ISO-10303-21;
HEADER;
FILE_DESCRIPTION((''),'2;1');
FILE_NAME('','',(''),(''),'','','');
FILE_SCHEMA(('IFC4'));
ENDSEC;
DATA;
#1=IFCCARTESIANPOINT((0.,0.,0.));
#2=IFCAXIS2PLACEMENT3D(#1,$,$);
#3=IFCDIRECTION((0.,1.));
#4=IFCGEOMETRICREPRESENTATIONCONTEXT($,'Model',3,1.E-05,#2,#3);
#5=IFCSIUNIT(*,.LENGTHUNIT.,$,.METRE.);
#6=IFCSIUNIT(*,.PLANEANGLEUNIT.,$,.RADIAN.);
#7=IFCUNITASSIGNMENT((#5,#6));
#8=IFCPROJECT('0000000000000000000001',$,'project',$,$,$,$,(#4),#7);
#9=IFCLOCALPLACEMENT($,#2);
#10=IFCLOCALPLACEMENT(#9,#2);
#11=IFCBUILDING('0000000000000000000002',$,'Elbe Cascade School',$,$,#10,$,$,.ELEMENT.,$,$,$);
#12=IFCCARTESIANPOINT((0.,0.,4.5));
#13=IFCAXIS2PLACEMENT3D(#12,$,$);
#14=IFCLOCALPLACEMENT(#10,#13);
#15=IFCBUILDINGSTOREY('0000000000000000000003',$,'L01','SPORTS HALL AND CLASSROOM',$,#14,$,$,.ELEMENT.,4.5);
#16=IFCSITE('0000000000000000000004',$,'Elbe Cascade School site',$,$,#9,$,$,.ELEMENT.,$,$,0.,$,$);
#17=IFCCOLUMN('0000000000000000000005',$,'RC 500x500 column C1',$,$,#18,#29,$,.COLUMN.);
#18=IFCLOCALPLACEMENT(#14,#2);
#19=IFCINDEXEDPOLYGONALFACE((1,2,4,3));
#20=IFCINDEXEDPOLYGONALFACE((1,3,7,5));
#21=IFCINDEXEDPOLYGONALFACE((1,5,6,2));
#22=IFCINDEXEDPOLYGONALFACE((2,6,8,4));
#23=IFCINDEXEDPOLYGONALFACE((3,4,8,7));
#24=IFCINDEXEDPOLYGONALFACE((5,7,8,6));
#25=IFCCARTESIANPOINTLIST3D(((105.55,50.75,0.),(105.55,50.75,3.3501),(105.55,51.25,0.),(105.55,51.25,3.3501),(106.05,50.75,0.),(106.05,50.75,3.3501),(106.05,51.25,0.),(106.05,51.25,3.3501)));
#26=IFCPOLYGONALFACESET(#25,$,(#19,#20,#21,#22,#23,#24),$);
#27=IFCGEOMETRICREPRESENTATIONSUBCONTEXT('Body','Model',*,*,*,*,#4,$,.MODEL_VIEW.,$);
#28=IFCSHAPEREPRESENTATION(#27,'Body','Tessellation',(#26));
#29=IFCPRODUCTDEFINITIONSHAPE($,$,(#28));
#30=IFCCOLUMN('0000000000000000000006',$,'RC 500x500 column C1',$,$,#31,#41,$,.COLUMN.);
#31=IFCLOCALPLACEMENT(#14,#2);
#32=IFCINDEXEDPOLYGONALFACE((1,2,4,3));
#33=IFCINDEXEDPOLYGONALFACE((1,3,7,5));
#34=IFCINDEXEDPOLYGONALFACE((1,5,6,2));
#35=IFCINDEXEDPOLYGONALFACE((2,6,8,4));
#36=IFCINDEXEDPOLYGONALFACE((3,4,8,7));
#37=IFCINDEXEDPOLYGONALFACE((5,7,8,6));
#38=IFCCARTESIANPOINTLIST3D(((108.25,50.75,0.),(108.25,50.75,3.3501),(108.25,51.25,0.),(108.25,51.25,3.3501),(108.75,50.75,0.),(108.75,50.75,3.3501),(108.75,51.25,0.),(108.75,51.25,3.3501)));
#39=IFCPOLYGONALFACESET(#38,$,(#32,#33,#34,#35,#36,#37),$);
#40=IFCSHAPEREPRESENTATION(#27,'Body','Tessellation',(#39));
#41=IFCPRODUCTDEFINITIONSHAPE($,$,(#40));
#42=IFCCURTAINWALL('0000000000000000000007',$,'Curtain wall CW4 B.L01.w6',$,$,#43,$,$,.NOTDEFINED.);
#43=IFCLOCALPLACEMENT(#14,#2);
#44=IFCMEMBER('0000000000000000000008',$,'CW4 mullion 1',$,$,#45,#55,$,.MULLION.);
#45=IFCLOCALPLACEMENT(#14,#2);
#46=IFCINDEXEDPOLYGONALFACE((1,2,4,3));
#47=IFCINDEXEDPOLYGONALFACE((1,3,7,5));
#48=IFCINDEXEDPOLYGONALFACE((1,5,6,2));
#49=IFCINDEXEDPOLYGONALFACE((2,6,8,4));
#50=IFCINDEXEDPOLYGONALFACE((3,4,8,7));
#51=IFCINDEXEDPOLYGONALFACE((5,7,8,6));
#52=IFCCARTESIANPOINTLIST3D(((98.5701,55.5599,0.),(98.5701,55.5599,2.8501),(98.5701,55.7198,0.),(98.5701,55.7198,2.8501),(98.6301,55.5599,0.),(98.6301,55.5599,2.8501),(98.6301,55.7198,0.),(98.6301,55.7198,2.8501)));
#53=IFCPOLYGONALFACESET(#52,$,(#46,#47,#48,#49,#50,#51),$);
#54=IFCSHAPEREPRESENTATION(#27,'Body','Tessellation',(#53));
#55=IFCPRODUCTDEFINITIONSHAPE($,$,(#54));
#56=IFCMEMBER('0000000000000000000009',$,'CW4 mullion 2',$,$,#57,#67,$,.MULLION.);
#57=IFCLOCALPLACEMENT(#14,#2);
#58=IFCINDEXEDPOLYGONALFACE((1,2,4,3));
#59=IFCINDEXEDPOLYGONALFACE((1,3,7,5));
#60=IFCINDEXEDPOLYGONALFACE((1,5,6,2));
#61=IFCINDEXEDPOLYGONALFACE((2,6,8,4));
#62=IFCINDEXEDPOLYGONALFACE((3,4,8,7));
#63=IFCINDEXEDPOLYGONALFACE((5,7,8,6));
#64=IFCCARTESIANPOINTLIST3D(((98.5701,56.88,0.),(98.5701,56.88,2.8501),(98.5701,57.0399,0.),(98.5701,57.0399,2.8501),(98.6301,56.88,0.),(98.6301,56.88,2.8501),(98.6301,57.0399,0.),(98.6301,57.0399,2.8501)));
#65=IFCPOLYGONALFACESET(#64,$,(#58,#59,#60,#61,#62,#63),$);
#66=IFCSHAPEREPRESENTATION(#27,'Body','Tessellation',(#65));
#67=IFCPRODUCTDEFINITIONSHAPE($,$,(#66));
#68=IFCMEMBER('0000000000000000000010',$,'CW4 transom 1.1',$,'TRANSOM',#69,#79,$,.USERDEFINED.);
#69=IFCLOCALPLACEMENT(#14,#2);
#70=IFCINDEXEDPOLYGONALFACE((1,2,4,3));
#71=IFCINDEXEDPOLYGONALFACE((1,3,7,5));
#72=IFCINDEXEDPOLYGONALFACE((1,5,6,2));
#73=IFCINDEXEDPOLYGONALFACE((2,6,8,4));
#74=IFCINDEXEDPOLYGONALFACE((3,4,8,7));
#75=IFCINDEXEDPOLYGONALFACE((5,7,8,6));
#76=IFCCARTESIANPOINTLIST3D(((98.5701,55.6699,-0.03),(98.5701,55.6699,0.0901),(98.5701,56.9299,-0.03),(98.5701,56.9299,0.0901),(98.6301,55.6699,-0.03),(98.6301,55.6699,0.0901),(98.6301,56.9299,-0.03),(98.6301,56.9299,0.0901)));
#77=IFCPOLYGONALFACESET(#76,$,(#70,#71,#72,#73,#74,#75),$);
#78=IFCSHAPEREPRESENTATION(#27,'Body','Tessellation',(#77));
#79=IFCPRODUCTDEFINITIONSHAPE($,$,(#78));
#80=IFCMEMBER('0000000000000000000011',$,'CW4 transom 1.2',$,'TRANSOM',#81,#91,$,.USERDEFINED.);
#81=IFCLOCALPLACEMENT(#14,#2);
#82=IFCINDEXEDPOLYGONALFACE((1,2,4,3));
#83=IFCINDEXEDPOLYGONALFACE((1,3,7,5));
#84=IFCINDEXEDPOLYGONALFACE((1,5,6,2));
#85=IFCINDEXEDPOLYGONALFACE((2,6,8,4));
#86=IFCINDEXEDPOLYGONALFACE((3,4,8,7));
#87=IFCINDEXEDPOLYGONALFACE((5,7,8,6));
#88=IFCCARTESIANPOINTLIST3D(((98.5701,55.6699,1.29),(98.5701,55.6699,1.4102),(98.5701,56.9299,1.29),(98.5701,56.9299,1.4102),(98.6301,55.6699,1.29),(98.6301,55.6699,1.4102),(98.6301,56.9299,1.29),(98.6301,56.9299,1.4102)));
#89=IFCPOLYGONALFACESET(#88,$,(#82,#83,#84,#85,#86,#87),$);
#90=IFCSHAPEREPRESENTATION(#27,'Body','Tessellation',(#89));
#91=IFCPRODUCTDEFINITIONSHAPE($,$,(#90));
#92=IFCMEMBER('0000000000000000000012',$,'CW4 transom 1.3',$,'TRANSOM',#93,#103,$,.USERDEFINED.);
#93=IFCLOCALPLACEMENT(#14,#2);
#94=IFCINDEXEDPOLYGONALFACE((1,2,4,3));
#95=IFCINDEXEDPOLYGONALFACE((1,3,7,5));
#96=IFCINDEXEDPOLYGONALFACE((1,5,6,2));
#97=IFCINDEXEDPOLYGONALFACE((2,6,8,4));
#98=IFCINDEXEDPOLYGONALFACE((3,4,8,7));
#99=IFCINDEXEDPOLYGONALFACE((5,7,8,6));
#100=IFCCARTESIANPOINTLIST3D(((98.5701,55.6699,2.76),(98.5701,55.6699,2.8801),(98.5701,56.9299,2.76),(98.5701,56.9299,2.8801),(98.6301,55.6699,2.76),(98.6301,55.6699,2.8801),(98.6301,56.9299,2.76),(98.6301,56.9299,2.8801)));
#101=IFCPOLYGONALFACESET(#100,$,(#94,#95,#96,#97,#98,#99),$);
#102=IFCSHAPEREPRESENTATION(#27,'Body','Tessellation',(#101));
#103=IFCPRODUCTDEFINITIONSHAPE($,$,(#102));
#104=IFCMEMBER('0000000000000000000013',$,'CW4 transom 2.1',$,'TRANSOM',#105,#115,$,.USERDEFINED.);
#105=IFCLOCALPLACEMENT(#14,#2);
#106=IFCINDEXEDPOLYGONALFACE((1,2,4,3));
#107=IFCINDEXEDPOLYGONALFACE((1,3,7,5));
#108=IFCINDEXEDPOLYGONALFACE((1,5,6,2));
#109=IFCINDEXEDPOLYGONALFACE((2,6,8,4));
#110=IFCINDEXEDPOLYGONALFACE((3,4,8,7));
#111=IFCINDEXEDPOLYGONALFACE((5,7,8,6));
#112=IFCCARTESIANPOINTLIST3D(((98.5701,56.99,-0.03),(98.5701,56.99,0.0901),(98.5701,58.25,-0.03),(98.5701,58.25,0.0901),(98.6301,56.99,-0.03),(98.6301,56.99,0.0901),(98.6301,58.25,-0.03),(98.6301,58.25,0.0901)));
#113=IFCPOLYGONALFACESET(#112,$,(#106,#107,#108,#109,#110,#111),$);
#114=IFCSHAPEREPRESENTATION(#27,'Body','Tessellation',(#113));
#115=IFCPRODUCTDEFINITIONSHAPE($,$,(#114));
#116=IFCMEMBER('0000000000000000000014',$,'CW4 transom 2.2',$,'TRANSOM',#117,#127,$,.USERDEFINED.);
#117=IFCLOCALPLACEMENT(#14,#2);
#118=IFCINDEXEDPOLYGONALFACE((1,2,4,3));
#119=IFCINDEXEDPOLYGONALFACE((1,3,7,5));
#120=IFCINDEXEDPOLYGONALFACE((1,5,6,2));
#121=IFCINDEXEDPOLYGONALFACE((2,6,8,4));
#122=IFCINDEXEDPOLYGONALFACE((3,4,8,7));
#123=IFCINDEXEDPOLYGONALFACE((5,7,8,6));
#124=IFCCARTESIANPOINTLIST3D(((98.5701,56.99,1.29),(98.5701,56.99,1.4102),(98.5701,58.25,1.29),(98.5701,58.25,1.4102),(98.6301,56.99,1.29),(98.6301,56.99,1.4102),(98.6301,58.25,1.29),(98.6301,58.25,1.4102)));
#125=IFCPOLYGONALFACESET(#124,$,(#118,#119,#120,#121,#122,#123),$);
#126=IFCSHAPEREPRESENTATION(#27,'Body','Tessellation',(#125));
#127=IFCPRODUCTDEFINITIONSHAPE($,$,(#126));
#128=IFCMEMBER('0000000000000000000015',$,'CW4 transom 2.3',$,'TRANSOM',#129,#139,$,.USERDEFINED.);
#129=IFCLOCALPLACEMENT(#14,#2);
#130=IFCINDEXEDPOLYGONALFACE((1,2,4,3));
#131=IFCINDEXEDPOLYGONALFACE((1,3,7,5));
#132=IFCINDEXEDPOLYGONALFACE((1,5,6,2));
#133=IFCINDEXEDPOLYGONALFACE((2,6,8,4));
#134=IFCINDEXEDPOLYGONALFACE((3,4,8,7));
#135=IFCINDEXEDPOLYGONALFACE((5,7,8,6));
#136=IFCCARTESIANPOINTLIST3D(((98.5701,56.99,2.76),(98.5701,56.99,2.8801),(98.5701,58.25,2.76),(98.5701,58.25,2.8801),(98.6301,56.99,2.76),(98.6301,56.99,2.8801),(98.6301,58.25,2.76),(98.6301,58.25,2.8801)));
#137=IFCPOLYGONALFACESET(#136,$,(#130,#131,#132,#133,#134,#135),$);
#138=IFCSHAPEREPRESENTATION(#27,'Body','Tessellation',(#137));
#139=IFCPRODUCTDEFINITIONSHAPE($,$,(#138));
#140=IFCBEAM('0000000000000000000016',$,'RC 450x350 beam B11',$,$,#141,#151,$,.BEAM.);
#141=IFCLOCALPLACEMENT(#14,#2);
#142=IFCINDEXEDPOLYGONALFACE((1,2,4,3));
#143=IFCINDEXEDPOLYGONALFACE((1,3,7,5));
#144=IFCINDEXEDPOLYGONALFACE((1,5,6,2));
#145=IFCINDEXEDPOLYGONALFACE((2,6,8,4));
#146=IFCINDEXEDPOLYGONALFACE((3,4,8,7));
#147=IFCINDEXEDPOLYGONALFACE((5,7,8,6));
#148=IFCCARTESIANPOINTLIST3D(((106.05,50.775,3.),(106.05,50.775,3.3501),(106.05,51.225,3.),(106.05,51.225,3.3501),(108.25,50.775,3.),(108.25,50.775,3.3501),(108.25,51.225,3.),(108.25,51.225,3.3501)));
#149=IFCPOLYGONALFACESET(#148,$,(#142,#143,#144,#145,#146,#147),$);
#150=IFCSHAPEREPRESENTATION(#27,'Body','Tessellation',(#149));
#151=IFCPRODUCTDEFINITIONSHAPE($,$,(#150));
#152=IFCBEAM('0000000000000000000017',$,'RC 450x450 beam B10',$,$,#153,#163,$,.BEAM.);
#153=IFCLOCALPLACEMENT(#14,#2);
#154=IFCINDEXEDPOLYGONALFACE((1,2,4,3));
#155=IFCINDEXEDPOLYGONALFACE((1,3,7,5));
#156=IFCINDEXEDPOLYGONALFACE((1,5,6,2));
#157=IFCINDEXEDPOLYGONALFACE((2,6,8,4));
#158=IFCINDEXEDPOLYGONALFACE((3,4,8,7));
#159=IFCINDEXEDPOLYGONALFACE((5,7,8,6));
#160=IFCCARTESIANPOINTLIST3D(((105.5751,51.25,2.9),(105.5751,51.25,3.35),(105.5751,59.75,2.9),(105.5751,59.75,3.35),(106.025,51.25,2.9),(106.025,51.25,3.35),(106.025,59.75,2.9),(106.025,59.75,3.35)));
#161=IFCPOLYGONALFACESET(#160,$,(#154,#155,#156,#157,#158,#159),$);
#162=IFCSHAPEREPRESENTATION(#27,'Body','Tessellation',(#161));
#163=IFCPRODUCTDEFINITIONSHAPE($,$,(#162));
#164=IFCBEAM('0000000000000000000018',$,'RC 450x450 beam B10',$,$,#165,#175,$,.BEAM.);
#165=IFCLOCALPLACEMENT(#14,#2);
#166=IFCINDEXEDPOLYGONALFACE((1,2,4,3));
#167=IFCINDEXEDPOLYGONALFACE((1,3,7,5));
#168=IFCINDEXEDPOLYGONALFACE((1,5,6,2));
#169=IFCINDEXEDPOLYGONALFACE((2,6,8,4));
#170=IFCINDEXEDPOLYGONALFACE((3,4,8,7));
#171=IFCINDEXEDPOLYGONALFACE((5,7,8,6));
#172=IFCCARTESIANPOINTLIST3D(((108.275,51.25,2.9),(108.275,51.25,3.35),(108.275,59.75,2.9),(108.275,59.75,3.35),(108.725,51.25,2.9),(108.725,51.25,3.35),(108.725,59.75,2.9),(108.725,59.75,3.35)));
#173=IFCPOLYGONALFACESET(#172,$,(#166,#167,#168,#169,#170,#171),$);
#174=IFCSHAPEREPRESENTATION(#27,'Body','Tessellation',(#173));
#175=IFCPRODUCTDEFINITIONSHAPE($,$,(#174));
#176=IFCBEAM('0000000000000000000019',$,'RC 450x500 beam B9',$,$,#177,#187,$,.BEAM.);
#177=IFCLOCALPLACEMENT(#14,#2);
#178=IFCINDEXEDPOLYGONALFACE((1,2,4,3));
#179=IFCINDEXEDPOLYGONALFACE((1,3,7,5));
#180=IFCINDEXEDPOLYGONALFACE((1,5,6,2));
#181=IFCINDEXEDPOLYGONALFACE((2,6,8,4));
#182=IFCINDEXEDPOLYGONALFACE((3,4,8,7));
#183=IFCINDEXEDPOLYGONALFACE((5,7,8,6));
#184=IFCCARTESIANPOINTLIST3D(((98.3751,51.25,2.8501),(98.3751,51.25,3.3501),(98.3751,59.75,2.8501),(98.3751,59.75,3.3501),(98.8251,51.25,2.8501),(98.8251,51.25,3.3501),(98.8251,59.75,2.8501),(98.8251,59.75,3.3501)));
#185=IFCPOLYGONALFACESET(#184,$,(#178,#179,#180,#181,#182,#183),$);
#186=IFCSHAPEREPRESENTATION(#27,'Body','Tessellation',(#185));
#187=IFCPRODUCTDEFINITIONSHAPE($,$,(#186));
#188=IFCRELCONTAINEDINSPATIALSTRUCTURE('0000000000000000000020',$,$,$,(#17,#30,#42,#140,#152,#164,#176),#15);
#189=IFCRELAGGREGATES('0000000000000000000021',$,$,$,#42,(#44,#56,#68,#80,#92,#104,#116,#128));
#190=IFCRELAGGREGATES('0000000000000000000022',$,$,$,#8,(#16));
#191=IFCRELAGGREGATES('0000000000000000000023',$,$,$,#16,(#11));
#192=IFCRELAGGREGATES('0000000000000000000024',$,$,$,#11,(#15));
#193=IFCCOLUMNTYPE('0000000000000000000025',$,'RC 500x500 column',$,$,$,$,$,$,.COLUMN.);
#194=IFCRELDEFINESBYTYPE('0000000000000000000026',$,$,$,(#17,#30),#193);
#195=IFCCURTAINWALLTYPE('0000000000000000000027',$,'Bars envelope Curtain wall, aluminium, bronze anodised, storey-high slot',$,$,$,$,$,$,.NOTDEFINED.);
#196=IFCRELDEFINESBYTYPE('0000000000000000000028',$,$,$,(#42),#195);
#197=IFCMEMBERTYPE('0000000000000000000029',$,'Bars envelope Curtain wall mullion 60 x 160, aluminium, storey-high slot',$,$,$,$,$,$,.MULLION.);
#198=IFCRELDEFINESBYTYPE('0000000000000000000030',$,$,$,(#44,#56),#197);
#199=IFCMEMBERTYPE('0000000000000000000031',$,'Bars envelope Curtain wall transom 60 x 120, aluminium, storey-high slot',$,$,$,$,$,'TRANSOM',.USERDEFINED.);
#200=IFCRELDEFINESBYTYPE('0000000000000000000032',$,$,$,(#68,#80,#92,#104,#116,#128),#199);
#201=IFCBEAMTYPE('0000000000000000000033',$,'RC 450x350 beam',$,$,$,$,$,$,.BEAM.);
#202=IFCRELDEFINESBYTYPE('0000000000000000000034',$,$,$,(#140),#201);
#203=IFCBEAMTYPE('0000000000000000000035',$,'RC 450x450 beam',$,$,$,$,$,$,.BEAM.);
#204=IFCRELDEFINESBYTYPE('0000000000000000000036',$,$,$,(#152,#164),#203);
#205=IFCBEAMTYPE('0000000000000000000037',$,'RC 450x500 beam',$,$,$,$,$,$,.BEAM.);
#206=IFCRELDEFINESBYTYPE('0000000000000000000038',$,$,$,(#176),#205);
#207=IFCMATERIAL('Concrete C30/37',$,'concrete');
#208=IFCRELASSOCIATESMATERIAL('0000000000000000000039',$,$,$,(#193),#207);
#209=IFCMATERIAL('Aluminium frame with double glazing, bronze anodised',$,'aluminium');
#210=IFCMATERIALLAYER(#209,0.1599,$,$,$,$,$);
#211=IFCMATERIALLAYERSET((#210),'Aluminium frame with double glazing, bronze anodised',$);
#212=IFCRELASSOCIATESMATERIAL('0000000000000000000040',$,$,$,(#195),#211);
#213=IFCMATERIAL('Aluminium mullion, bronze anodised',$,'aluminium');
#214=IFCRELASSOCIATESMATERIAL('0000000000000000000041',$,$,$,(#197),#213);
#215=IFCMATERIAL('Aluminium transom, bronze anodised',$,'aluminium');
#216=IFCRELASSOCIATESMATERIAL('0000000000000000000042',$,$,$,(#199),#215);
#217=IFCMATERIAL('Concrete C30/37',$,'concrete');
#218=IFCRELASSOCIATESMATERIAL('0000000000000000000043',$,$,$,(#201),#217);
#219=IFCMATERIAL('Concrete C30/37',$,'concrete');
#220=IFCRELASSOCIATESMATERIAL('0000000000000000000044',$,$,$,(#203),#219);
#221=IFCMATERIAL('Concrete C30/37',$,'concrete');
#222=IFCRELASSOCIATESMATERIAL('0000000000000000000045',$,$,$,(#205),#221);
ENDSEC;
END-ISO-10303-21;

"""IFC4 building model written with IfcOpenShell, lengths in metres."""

from ifc_helpers import new_model, si_unit, direction, frame, origin, origin_2d, place, context, subcontext, project, spatial, rectangle, extrude, material, layer, layer_set, material_profile, profile_set, type_object, element, aggregate, save


model = new_model("IFC4")

# Units and contexts
model_context = context("Model", 3, precision=1e-05, world=origin(), true_north=direction((0.0, 1.0)))
body_context = subcontext(model_context, "Body", "Model", "MODEL_VIEW")
ifc_project = project(units=[si_unit("LENGTHUNIT", "METRE"), si_unit("PLANEANGLEUNIT", "RADIAN")], contexts=[model_context])

# Site, building, storey
site_placement = place(None, origin())
site = spatial("IfcSite", under=ifc_project, at=site_placement, Name="Elbe Cascade School site", CompositionType="ELEMENT", RefElevation=0.0)
building_placement = place(site_placement, origin())
building = spatial("IfcBuilding", under=site, at=building_placement, Name="Elbe Cascade School", CompositionType="ELEMENT")
storey_placement = place(building_placement, frame((0.0, 0.0, 4.5)))
storey = spatial("IfcBuildingStorey", under=building, at=storey_placement, Name="L01", Description="SPORTS HALL AND CLASSROOM", CompositionType="ELEMENT", Elevation=4.5)

# Columns
ifc_material_1 = material(Name="Concrete C30/37", Category="concrete")
ifc_material_profile_1 = material_profile(ifc_material_1, rectangle(XDim=0.5, YDim=0.5, at=origin_2d()), Name="RC 500x500")
ifc_profile_set_1 = profile_set([ifc_material_profile_1], Name="Concrete C30/37")
column_type = type_object("IfcColumnType", Name="RC 500x500 column", PredefinedType="COLUMN", material=ifc_profile_set_1)
for number, where, z_axis, x_axis, name in (
    (1, (105.8, 51.0, 0.0), (0.0, 0.0, 1.0), (1.0, 0.0, 0.0), "RC 500x500 column C1"),
    (2, (108.5, 51.0, 0.0), (0.0, 0.0, 1.0), (1.0, 0.0, 0.0), "RC 500x500 column C1"),
):
    element("IfcColumn", number, at=place(storey_placement, frame(where, z_axis=z_axis, x_axis=x_axis)), inside=storey, type_object=column_type, Name=name, PredefinedType="COLUMN", context=body_context, shape_type="SweptSolid", body=[
        extrude(rectangle(XDim=0.5, YDim=0.5, at=origin_2d()), origin(), (0.0, 0.0, 1.0), 3.3501),
    ])

# Curtain wall, members
ifc_material_2 = material(Name="Aluminium frame with double glazing, bronze anodised", Category="aluminium")
ifc_layer_1 = layer(ifc_material_2, 0.1599)
ifc_layer_set_1 = layer_set([ifc_layer_1], Name="Aluminium frame with double glazing, bronze anodised")
curtain_wall_type = type_object("IfcCurtainWallType", Name="Bars envelope Curtain wall, aluminium, bronze anodised, storey-high slot", PredefinedType="NOTDEFINED", material=ifc_layer_set_1)
curtain_wall_placement = place(storey_placement, origin())
curtain_wall = element("IfcCurtainWall", 3, at=curtain_wall_placement, inside=storey, type_object=curtain_wall_type, Name="Curtain wall CW4 B.L01.w6", PredefinedType="NOTDEFINED")
ifc_material_3 = material(Name="Aluminium mullion, bronze anodised", Category="aluminium")
ifc_material_profile_2 = material_profile(ifc_material_3, rectangle(XDim=0.0601, YDim=0.1599, at=origin_2d()), Name="Bars envelope Curtain wall mullion 60 x 160, aluminium, storey-high slot")
ifc_profile_set_2 = profile_set([ifc_material_profile_2], Name="Aluminium mullion, bronze anodised")
member_type_1 = type_object("IfcMemberType", Name="Bars envelope Curtain wall mullion 60 x 160, aluminium, storey-high slot", PredefinedType="MULLION", material=ifc_profile_set_2)
member_1_placement = place(storey_placement, frame((98.6001, 55.6399, 0.0), z_axis=(0.0, 0.0, 1.0), x_axis=(-1.0, 0.0, 0.0)))
member_1 = element("IfcMember", 4, at=member_1_placement, type_object=member_type_1, Name="CW4 mullion 1", PredefinedType="MULLION", context=body_context, shape_type="SweptSolid", body=[
    extrude(rectangle(XDim=0.0601, YDim=0.1599, at=origin_2d()), origin(), (0.0, 0.0, 1.0), 2.8501),
])
member_2_placement = place(storey_placement, frame((98.6001, 56.96, 0.0), z_axis=(0.0, 0.0, 1.0), x_axis=(-1.0, 0.0, 0.0)))
member_2 = element("IfcMember", 5, at=member_2_placement, type_object=member_type_1, Name="CW4 mullion 2", PredefinedType="MULLION", context=body_context, shape_type="SweptSolid", body=[
    extrude(rectangle(XDim=0.0601, YDim=0.1599, at=origin_2d()), origin(), (0.0, 0.0, 1.0), 2.8501),
])
ifc_material_4 = material(Name="Aluminium transom, bronze anodised", Category="aluminium")
ifc_material_profile_3 = material_profile(ifc_material_4, rectangle(XDim=0.0601, YDim=0.1201, at=origin_2d()), Name="Bars envelope Curtain wall transom 60 x 120, aluminium, storey-high slot")
ifc_profile_set_3 = profile_set([ifc_material_profile_3], Name="Aluminium transom, bronze anodised")
member_type_2 = type_object("IfcMemberType", Name="Bars envelope Curtain wall transom 60 x 120, aluminium, storey-high slot", ElementType="TRANSOM", PredefinedType="USERDEFINED", material=ifc_profile_set_3)
member_3_placement = place(storey_placement, frame((98.6001, 55.6699, 0.03), z_axis=(0.0, 1.0, 0.0), x_axis=(-1.0, 0.0, 0.0)))
member_3 = element("IfcMember", 6, at=member_3_placement, type_object=member_type_2, Name="CW4 transom 1.1", ObjectType="TRANSOM", PredefinedType="USERDEFINED", context=body_context, shape_type="SweptSolid", body=[
    extrude(rectangle(XDim=0.0601, YDim=0.1201, at=origin_2d()), origin(), (0.0, 0.0, 1.0), 1.26),
])
member_4_placement = place(storey_placement, frame((98.6001, 55.6699, 1.3501), z_axis=(0.0, 1.0, 0.0), x_axis=(-1.0, 0.0, 0.0)))
member_4 = element("IfcMember", 7, at=member_4_placement, type_object=member_type_2, Name="CW4 transom 1.2", ObjectType="TRANSOM", PredefinedType="USERDEFINED", context=body_context, shape_type="SweptSolid", body=[
    extrude(rectangle(XDim=0.0601, YDim=0.1201, at=origin_2d()), origin(), (0.0, 0.0, 1.0), 1.26),
])
member_5_placement = place(storey_placement, frame((98.6001, 55.6699, 2.8201), z_axis=(0.0, 1.0, 0.0), x_axis=(-1.0, 0.0, 0.0)))
member_5 = element("IfcMember", 8, at=member_5_placement, type_object=member_type_2, Name="CW4 transom 1.3", ObjectType="TRANSOM", PredefinedType="USERDEFINED", context=body_context, shape_type="SweptSolid", body=[
    extrude(rectangle(XDim=0.0601, YDim=0.1201, at=origin_2d()), origin(), (0.0, 0.0, 1.0), 1.26),
])
member_6_placement = place(storey_placement, frame((98.6001, 56.99, 0.03), z_axis=(0.0, 1.0, 0.0), x_axis=(-1.0, 0.0, 0.0)))
member_6 = element("IfcMember", 9, at=member_6_placement, type_object=member_type_2, Name="CW4 transom 2.1", ObjectType="TRANSOM", PredefinedType="USERDEFINED", context=body_context, shape_type="SweptSolid", body=[
    extrude(rectangle(XDim=0.0601, YDim=0.1201, at=origin_2d()), origin(), (0.0, 0.0, 1.0), 1.26),
])
member_7_placement = place(storey_placement, frame((98.6001, 56.99, 1.3501), z_axis=(0.0, 1.0, 0.0), x_axis=(-1.0, 0.0, 0.0)))
member_7 = element("IfcMember", 10, at=member_7_placement, type_object=member_type_2, Name="CW4 transom 2.2", ObjectType="TRANSOM", PredefinedType="USERDEFINED", context=body_context, shape_type="SweptSolid", body=[
    extrude(rectangle(XDim=0.0601, YDim=0.1201, at=origin_2d()), origin(), (0.0, 0.0, 1.0), 1.26),
])
member_8_placement = place(storey_placement, frame((98.6001, 56.99, 2.8201), z_axis=(0.0, 1.0, 0.0), x_axis=(-1.0, 0.0, 0.0)))
member_8 = element("IfcMember", 11, at=member_8_placement, type_object=member_type_2, Name="CW4 transom 2.3", ObjectType="TRANSOM", PredefinedType="USERDEFINED", context=body_context, shape_type="SweptSolid", body=[
    extrude(rectangle(XDim=0.0601, YDim=0.1201, at=origin_2d()), origin(), (0.0, 0.0, 1.0), 1.26),
])

# Beams
ifc_material_5 = material(Name="Concrete C30/37", Category="concrete")
ifc_material_profile_4 = material_profile(ifc_material_5, rectangle(XDim=0.45, YDim=0.3501, at=origin_2d()), Name="RC 450x350")
ifc_profile_set_4 = profile_set([ifc_material_profile_4], Name="Concrete C30/37")
beam_type_1 = type_object("IfcBeamType", Name="RC 450x350 beam", PredefinedType="BEAM", material=ifc_profile_set_4)
beam_1_placement = place(storey_placement, frame((106.05, 51.0, 3.175), z_axis=(1.0, 0.0, 0.0), x_axis=(0.0, 1.0, 0.0)))
element("IfcBeam", 12, at=beam_1_placement, inside=storey, type_object=beam_type_1, Name="RC 450x350 beam B11", PredefinedType="BEAM", context=body_context, shape_type="SweptSolid", body=[
    extrude(rectangle(XDim=0.45, YDim=0.3501, at=origin_2d()), origin(), (0.0, 0.0, 1.0), 2.2),
])
ifc_material_6 = material(Name="Concrete C30/37", Category="concrete")
ifc_material_profile_5 = material_profile(ifc_material_6, rectangle(XDim=0.45, YDim=0.45, at=origin_2d()), Name="RC 450x450")
ifc_profile_set_5 = profile_set([ifc_material_profile_5], Name="Concrete C30/37")
beam_type_2 = type_object("IfcBeamType", Name="RC 450x450 beam", PredefinedType="BEAM", material=ifc_profile_set_5)
for number, where, z_axis, x_axis, name in (
    (13, (105.8, 51.25, 3.125), (0.0, 1.0, 0.0), (-1.0, 0.0, 0.0), "RC 450x450 beam B10"),
    (14, (108.5, 51.25, 3.125), (0.0, 1.0, 0.0), (-1.0, 0.0, 0.0), "RC 450x450 beam B10"),
):
    element("IfcBeam", number, at=place(storey_placement, frame(where, z_axis=z_axis, x_axis=x_axis)), inside=storey, type_object=beam_type_2, Name=name, PredefinedType="BEAM", context=body_context, shape_type="SweptSolid", body=[
        extrude(rectangle(XDim=0.45, YDim=0.45, at=origin_2d()), origin(), (0.0, 0.0, 1.0), 8.5),
    ])
ifc_material_7 = material(Name="Concrete C30/37", Category="concrete")
ifc_material_profile_6 = material_profile(ifc_material_7, rectangle(XDim=0.45, YDim=0.5, at=origin_2d()), Name="RC 450x500")
ifc_profile_set_6 = profile_set([ifc_material_profile_6], Name="Concrete C30/37")
beam_type_3 = type_object("IfcBeamType", Name="RC 450x500 beam", PredefinedType="BEAM", material=ifc_profile_set_6)
beam_2_placement = place(storey_placement, frame((98.6001, 51.25, 3.1001), z_axis=(0.0, 1.0, 0.0), x_axis=(-1.0, 0.0, 0.0)))
element("IfcBeam", 15, at=beam_2_placement, inside=storey, type_object=beam_type_3, Name="RC 450x500 beam B9", PredefinedType="BEAM", context=body_context, shape_type="SweptSolid", body=[
    extrude(rectangle(XDim=0.45, YDim=0.5, at=origin_2d()), origin(), (0.0, 0.0, 1.0), 8.5),
])

aggregate(curtain_wall, [member_1, member_2, member_3, member_4, member_5, member_6, member_7, member_8])

save(model, "model.ifc")
